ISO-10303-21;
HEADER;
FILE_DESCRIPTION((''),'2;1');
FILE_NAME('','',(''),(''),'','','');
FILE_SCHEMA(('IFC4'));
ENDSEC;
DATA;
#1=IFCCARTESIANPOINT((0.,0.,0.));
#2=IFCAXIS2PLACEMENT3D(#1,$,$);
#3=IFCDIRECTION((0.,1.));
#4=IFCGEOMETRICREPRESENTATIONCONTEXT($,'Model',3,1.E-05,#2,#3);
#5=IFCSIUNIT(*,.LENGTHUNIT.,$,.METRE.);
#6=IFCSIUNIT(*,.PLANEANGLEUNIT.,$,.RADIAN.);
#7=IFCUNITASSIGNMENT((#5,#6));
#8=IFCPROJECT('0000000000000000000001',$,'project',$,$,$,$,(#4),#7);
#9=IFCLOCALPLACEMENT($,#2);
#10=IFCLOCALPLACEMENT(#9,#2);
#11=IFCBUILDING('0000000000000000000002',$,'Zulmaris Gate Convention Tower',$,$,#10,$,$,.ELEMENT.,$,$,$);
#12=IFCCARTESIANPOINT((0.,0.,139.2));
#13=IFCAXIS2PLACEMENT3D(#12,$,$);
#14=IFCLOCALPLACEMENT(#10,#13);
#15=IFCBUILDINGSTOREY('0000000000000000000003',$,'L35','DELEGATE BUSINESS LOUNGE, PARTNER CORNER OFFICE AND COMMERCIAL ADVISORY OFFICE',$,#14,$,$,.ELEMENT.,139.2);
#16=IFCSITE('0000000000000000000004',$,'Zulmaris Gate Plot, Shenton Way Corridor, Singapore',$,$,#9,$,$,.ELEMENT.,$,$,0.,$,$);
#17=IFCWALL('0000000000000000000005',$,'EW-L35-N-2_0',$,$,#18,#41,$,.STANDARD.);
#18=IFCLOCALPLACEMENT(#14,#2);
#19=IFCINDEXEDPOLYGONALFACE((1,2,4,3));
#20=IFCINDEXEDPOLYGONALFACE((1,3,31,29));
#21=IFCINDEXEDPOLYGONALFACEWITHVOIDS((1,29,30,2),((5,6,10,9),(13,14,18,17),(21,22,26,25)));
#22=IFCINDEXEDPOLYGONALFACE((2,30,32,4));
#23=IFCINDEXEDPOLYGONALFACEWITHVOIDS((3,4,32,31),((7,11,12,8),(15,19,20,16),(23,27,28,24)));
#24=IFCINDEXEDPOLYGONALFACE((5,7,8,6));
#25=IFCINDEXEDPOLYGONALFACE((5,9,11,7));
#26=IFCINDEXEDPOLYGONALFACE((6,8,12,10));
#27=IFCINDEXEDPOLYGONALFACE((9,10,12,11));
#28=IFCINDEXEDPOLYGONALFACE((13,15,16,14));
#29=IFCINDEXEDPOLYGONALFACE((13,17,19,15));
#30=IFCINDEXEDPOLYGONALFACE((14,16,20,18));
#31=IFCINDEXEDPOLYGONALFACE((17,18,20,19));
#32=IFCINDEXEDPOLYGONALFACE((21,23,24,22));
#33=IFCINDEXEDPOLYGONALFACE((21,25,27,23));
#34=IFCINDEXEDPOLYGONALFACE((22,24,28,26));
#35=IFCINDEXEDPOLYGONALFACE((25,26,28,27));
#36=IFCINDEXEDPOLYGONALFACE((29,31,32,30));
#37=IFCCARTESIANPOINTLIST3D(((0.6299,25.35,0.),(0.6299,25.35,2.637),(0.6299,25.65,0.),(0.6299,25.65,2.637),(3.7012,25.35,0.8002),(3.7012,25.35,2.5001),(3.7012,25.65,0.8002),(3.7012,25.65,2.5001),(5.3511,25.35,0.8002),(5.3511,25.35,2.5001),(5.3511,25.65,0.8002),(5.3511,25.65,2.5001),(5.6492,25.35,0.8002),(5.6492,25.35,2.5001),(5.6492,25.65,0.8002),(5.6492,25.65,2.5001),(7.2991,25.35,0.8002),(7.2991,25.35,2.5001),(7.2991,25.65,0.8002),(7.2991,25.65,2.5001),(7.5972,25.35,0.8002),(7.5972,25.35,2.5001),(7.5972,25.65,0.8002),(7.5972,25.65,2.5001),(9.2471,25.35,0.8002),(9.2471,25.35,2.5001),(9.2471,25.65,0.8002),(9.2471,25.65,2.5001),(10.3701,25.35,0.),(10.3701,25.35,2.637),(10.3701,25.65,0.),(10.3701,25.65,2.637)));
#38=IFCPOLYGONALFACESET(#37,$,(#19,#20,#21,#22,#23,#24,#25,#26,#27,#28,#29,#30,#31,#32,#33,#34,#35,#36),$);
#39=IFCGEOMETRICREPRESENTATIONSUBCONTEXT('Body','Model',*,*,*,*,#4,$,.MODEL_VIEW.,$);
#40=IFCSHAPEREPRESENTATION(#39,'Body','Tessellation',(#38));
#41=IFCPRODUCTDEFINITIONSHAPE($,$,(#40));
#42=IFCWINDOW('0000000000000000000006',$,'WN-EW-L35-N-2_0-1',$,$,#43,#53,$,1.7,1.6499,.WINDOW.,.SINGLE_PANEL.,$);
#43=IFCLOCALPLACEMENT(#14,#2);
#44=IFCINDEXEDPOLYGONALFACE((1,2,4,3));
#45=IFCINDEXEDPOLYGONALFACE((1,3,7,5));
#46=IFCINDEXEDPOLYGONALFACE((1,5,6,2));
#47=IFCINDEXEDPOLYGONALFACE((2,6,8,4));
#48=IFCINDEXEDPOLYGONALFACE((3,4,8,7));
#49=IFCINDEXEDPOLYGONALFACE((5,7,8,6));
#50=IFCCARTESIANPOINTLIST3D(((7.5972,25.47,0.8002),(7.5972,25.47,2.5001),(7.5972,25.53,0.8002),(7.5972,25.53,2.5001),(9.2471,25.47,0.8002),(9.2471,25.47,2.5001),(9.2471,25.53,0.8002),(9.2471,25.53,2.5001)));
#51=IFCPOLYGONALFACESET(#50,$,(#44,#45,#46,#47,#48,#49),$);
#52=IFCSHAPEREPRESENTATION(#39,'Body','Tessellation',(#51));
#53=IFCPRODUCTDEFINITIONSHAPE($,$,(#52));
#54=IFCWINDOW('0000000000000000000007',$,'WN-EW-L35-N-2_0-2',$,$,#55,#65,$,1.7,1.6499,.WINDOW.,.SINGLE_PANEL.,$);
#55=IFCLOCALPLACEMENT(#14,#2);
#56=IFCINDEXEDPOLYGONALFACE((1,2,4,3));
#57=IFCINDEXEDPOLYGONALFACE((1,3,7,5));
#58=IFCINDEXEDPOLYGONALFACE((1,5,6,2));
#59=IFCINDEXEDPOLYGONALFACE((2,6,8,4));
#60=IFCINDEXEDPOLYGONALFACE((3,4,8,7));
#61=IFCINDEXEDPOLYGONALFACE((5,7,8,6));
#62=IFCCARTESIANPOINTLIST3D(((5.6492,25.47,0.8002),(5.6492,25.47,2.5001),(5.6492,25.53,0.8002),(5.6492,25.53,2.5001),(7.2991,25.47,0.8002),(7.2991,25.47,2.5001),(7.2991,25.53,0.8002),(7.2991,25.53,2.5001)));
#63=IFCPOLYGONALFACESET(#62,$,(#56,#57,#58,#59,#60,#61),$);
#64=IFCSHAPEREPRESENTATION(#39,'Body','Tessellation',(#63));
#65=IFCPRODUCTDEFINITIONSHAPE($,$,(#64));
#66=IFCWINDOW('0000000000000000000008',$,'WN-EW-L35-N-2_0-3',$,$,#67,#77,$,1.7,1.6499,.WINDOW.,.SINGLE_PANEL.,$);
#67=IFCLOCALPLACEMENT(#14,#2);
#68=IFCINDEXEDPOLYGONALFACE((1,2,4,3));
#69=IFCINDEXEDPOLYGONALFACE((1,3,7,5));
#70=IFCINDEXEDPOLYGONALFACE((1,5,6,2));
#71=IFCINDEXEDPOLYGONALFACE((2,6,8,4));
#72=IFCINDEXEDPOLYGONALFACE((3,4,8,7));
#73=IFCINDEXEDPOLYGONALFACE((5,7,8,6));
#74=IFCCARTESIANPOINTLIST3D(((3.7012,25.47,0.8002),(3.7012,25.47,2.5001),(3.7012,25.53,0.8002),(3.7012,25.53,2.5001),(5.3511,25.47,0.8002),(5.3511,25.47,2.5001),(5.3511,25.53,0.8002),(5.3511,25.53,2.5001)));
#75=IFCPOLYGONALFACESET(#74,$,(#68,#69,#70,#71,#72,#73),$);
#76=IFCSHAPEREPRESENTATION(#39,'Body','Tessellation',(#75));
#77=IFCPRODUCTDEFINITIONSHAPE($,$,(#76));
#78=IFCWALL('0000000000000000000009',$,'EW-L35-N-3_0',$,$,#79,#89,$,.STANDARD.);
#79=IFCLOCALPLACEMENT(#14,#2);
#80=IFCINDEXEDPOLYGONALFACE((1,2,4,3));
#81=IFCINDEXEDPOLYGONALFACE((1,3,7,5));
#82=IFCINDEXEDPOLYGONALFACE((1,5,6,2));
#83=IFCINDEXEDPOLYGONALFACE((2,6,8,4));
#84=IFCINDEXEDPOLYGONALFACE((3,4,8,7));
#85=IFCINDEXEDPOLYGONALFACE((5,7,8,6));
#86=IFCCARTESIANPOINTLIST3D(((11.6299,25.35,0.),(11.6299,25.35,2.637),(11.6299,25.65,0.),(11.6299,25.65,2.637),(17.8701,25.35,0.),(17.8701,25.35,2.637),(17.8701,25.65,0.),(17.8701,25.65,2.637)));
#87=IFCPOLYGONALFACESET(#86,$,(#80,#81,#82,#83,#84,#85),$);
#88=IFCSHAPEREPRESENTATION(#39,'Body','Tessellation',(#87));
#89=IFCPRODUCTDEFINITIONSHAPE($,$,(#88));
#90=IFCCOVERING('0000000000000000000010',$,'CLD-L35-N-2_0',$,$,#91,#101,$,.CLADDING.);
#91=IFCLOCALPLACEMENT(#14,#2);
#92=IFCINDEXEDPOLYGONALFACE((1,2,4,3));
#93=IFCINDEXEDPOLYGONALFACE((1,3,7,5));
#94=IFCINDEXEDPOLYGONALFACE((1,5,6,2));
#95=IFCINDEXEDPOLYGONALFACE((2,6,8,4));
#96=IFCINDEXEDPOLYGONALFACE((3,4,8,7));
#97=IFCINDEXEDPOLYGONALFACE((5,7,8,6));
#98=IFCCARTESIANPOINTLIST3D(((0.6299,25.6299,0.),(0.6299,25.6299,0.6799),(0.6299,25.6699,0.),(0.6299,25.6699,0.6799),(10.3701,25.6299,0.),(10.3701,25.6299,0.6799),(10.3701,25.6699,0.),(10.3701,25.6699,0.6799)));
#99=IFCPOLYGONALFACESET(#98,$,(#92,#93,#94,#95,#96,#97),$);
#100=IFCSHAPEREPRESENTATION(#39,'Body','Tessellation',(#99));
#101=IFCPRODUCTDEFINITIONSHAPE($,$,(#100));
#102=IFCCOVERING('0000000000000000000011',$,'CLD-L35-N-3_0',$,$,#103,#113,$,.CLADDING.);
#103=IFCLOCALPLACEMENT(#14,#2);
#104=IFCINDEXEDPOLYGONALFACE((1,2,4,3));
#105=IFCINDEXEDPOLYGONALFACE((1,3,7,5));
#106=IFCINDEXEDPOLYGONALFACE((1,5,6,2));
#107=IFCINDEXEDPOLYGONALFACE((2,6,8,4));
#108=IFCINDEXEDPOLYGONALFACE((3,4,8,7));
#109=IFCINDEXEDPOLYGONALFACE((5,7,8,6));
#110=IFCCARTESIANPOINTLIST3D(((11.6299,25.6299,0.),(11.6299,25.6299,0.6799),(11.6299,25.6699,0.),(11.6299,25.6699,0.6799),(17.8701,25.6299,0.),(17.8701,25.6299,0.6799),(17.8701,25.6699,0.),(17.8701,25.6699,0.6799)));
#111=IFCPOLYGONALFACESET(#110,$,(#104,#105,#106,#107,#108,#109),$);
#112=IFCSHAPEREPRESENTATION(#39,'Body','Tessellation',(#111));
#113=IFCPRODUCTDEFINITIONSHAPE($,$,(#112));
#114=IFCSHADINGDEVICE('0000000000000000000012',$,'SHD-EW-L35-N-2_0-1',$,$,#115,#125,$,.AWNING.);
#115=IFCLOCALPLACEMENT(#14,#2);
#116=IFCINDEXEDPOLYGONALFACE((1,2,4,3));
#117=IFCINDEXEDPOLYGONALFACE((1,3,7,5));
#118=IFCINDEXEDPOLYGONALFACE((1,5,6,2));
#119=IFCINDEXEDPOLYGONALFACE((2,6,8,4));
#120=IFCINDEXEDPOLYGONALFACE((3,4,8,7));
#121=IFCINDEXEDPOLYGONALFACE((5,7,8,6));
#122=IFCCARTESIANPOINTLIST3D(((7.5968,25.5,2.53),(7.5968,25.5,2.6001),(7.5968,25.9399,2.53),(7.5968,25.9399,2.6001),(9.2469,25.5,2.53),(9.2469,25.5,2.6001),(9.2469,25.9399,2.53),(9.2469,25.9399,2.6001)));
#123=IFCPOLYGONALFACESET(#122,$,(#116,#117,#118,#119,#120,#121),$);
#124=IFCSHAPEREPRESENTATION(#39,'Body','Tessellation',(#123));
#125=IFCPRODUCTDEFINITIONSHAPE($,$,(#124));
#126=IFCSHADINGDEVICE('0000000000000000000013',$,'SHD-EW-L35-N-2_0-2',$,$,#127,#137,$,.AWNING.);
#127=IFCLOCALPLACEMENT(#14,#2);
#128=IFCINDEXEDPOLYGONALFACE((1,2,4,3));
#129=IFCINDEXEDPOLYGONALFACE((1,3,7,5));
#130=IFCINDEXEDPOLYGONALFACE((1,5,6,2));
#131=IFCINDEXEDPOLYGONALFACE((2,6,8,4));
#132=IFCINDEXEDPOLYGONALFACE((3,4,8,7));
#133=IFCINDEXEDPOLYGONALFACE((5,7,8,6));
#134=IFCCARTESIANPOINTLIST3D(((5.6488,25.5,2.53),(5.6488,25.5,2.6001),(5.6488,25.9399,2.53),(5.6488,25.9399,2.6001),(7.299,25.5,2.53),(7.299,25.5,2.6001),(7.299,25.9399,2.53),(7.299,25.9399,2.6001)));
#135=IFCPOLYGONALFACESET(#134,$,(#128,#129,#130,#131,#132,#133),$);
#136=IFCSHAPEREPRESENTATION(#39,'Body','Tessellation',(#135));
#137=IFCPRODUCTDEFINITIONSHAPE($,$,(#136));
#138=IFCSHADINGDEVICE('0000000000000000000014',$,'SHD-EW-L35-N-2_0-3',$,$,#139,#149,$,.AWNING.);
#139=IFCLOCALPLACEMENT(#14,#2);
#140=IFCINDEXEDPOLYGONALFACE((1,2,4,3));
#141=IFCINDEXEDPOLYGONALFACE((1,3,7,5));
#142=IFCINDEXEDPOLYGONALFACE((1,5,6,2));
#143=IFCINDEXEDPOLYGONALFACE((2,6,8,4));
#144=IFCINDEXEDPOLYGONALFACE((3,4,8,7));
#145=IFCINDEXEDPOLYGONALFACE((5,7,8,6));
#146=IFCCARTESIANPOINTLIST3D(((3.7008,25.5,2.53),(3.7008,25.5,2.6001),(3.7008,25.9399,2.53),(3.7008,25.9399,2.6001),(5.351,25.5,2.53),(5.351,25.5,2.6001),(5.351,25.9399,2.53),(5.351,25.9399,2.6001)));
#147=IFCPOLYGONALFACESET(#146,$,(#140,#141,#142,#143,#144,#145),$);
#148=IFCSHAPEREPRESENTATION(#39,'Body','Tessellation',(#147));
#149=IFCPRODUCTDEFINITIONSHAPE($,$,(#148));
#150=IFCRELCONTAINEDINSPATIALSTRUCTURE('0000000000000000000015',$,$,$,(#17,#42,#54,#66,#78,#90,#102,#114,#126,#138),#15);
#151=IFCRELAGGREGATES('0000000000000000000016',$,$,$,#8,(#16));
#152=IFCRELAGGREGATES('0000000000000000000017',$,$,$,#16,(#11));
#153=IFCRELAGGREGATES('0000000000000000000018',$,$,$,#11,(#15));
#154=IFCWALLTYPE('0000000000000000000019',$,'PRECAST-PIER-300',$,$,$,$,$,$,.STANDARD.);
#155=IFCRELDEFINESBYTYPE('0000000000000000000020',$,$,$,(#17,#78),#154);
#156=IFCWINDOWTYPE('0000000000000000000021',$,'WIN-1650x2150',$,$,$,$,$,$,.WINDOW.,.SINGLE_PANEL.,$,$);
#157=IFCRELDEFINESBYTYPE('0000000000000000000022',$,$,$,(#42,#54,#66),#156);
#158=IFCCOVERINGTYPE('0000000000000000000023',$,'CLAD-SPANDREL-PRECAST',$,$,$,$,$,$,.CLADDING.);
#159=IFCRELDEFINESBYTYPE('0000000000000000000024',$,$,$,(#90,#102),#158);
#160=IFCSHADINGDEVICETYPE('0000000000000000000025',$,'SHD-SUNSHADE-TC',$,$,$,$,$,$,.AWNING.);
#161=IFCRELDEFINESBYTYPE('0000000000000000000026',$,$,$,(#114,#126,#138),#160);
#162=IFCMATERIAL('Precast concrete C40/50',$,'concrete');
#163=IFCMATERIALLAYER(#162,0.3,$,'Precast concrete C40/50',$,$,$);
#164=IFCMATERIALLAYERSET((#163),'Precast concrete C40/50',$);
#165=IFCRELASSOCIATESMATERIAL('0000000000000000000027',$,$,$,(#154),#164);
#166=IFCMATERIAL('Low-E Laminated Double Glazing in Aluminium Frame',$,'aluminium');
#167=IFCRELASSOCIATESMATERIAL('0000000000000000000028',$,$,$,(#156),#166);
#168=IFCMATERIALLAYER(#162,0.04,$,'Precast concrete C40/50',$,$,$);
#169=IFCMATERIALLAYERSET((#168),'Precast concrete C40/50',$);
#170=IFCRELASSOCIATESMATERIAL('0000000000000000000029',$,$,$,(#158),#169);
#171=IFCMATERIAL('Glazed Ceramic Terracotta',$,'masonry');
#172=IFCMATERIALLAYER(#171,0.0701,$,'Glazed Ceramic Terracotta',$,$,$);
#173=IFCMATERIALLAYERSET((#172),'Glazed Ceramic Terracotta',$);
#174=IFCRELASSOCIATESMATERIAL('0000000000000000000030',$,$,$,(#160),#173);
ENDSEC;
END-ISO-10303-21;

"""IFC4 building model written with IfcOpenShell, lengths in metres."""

from ifc_helpers import new_model, si_unit, direction, frame, frame_2d, origin, place, context, subcontext, project, spatial, rectangle, extrude, material, layer, layer_set, type_object, element, fill, save


model = new_model("IFC4")

# Units and contexts
model_context = context("Model", 3, precision=1e-05, world=origin(), true_north=direction((0.0, 1.0)))
body_context = subcontext(model_context, "Body", "Model", "MODEL_VIEW")
ifc_project = project(units=[si_unit("LENGTHUNIT", "METRE"), si_unit("PLANEANGLEUNIT", "RADIAN")], contexts=[model_context])

# Site, building, storey
site_placement = place(None, origin())
site = spatial("IfcSite", under=ifc_project, at=site_placement, Name="Zulmaris Gate Plot, Shenton Way Corridor, Singapore", CompositionType="ELEMENT", RefElevation=0.0)
building_placement = place(site_placement, origin())
building = spatial("IfcBuilding", under=site, at=building_placement, Name="Zulmaris Gate Convention Tower", CompositionType="ELEMENT")
storey_placement = place(building_placement, frame((0.0, 0.0, 139.2)))
storey = spatial("IfcBuildingStorey", under=building, at=storey_placement, Name="L35", Description="DELEGATE BUSINESS LOUNGE, PARTNER CORNER OFFICE AND COMMERCIAL ADVISORY OFFICE", CompositionType="ELEMENT", Elevation=139.2)

# Wall, openings, windows
ifc_material_1 = material(Name="Precast concrete C40/50", Category="concrete")
ifc_layer_1 = layer(ifc_material_1, 0.3, Name="Precast concrete C40/50")
ifc_layer_set_1 = layer_set([ifc_layer_1], Name="Precast concrete C40/50")
wall_type_1 = type_object("IfcWallType", Name="PRECAST-PIER-300", PredefinedType="STANDARD", material=ifc_layer_set_1)
wall_1_placement = place(storey_placement, frame((10.3701, 25.5, 0.0), z_axis=(0.0, 0.0, 1.0), x_axis=(-1.0, 0.0, 0.0)))
wall_1 = element("IfcWall", 1, at=wall_1_placement, inside=storey, type_object=wall_type_1, Name="EW-L35-N-2_0", PredefinedType="STANDARD", context=body_context, shape_type="SweptSolid", body=[
    extrude(rectangle(XDim=9.7402, YDim=0.3, at=frame_2d((4.8701, 0.0))), origin(), (0.0, 0.0, 1.0), 2.637),
])
opening_1_placement = place(wall_1_placement, frame((1.123, 0.0, 0.8)))
opening_1 = element("IfcOpeningElement", 2, at=opening_1_placement, cuts=wall_1, PredefinedType="OPENING", context=body_context, shape_type="SweptSolid", body=[
    extrude(rectangle(XDim=1.6499, YDim=1.7, at=frame_2d((0.825, 0.8501))), frame((0.0, 0.1602, 0.0), z_axis=(0.0, -1.0, 0.0), x_axis=(1.0, 0.0, 0.0)), (0.0, 0.0, 1.0), 0.3201),
])
opening_2_placement = place(wall_1_placement, frame((3.071, 0.0, 0.8)))
opening_2 = element("IfcOpeningElement", 3, at=opening_2_placement, cuts=wall_1, PredefinedType="OPENING", context=body_context, shape_type="SweptSolid", body=[
    extrude(rectangle(XDim=1.6499, YDim=1.7, at=frame_2d((0.825, 0.8501))), frame((0.0, 0.1602, 0.0), z_axis=(0.0, -1.0, 0.0), x_axis=(1.0, 0.0, 0.0)), (0.0, 0.0, 1.0), 0.3201),
])
opening_3_placement = place(wall_1_placement, frame((5.019, 0.0, 0.8)))
opening_3 = element("IfcOpeningElement", 4, at=opening_3_placement, cuts=wall_1, PredefinedType="OPENING", context=body_context, shape_type="SweptSolid", body=[
    extrude(rectangle(XDim=1.6499, YDim=1.7, at=frame_2d((0.825, 0.8501))), frame((0.0, 0.1602, 0.0), z_axis=(0.0, -1.0, 0.0), x_axis=(1.0, 0.0, 0.0)), (0.0, 0.0, 1.0), 0.3201),
])
ifc_material_2 = material(Name="Low-E Laminated Double Glazing in Aluminium Frame", Category="aluminium")
window_type = type_object("IfcWindowType", Name="WIN-1650x2150", PartitioningType="SINGLE_PANEL", PredefinedType="WINDOW", material=ifc_material_2)
window_1_placement = place(opening_1_placement, origin())
window_1 = element("IfcWindow", 5, at=window_1_placement, inside=storey, type_object=window_type, Name="WN-EW-L35-N-2_0-1", OverallHeight=1.7, OverallWidth=1.6499, PartitioningType="SINGLE_PANEL", PredefinedType="WINDOW", context=body_context, shape_type="SweptSolid", body=[
    extrude(rectangle(XDim=1.6499, YDim=1.7, at=frame_2d((0.825, 0.8501))), frame((0.0, 0.03, 0.0), z_axis=(0.0, -1.0, 0.0), x_axis=(1.0, 0.0, 0.0)), (0.0, 0.0, 1.0), 0.0601),
])
fill(opening_1, window_1)
window_2_placement = place(opening_2_placement, origin())
window_2 = element("IfcWindow", 6, at=window_2_placement, inside=storey, type_object=window_type, Name="WN-EW-L35-N-2_0-2", OverallHeight=1.7, OverallWidth=1.6499, PartitioningType="SINGLE_PANEL", PredefinedType="WINDOW", context=body_context, shape_type="SweptSolid", body=[
    extrude(rectangle(XDim=1.6499, YDim=1.7, at=frame_2d((0.825, 0.8501))), frame((0.0, 0.03, 0.0), z_axis=(0.0, -1.0, 0.0), x_axis=(1.0, 0.0, 0.0)), (0.0, 0.0, 1.0), 0.0601),
])
fill(opening_2, window_2)
window_3_placement = place(opening_3_placement, origin())
window_3 = element("IfcWindow", 7, at=window_3_placement, inside=storey, type_object=window_type, Name="WN-EW-L35-N-2_0-3", OverallHeight=1.7, OverallWidth=1.6499, PartitioningType="SINGLE_PANEL", PredefinedType="WINDOW", context=body_context, shape_type="SweptSolid", body=[
    extrude(rectangle(XDim=1.6499, YDim=1.7, at=frame_2d((0.825, 0.8501))), frame((0.0, 0.03, 0.0), z_axis=(0.0, -1.0, 0.0), x_axis=(1.0, 0.0, 0.0)), (0.0, 0.0, 1.0), 0.0601),
])
fill(opening_3, window_3)

# Wall
wall_2_placement = place(storey_placement, frame((17.8701, 25.5, 0.0), z_axis=(0.0, 0.0, 1.0), x_axis=(-1.0, 0.0, 0.0)))
element("IfcWall", 8, at=wall_2_placement, inside=storey, type_object=wall_type_1, Name="EW-L35-N-3_0", PredefinedType="STANDARD", context=body_context, shape_type="SweptSolid", body=[
    extrude(rectangle(XDim=6.2402, YDim=0.3, at=frame_2d((3.1201, 0.0))), origin(), (0.0, 0.0, 1.0), 2.637),
])

# Coverings
ifc_layer_2 = layer(ifc_material_1, 0.04, Name="Precast concrete C40/50")
ifc_layer_set_2 = layer_set([ifc_layer_2], Name="Precast concrete C40/50")
covering_type = type_object("IfcCoveringType", Name="CLAD-SPANDREL-PRECAST", PredefinedType="CLADDING", material=ifc_layer_set_2)
covering_1_placement = place(storey_placement, frame((10.3701, 25.6499, 0.0), z_axis=(0.0, 0.0, 1.0), x_axis=(-1.0, 0.0, 0.0)))
element("IfcCovering", 9, at=covering_1_placement, inside=storey, type_object=covering_type, Name="CLD-L35-N-2_0", PredefinedType="CLADDING", context=body_context, shape_type="SweptSolid", body=[
    extrude(rectangle(XDim=9.7402, YDim=0.04, at=frame_2d((4.8701, 0.0))), origin(), (0.0, 0.0, 1.0), 0.6799),
])
covering_2_placement = place(storey_placement, frame((17.8701, 25.6499, 0.0), z_axis=(0.0, 0.0, 1.0), x_axis=(-1.0, 0.0, 0.0)))
element("IfcCovering", 10, at=covering_2_placement, inside=storey, type_object=covering_type, Name="CLD-L35-N-3_0", PredefinedType="CLADDING", context=body_context, shape_type="SweptSolid", body=[
    extrude(rectangle(XDim=6.2402, YDim=0.04, at=frame_2d((3.1201, 0.0))), origin(), (0.0, 0.0, 1.0), 0.6799),
])

# Shading devices
ifc_material_3 = material(Name="Glazed Ceramic Terracotta", Category="masonry")
ifc_layer_3 = layer(ifc_material_3, 0.0701, Name="Glazed Ceramic Terracotta")
ifc_layer_set_3 = layer_set([ifc_layer_3], Name="Glazed Ceramic Terracotta")
shading_device_type = type_object("IfcShadingDeviceType", Name="SHD-SUNSHADE-TC", PredefinedType="AWNING", material=ifc_layer_set_3)
for number, where, z_axis, x_axis, name in (
    (11, (9.2471, 25.72, 2.53), (0.0, 0.0, 1.0), (-1.0, 0.0, 0.0), "SHD-EW-L35-N-2_0-1"),
    (12, (7.2991, 25.72, 2.53), (0.0, 0.0, 1.0), (-1.0, 0.0, 0.0), "SHD-EW-L35-N-2_0-2"),
    (13, (5.3511, 25.72, 2.53), (0.0, 0.0, 1.0), (-1.0, 0.0, 0.0), "SHD-EW-L35-N-2_0-3"),
):
    element("IfcShadingDevice", number, at=place(storey_placement, frame(where, z_axis=z_axis, x_axis=x_axis)), inside=storey, type_object=shading_device_type, Name=name, PredefinedType="AWNING", context=body_context, shape_type="SweptSolid", body=[
        extrude(rectangle(XDim=1.6501, YDim=0.4399, at=frame_2d((0.8252, 0.0))), origin(), (0.0, 0.0, 1.0), 0.0701),
    ])

save(model, "model.ifc")
